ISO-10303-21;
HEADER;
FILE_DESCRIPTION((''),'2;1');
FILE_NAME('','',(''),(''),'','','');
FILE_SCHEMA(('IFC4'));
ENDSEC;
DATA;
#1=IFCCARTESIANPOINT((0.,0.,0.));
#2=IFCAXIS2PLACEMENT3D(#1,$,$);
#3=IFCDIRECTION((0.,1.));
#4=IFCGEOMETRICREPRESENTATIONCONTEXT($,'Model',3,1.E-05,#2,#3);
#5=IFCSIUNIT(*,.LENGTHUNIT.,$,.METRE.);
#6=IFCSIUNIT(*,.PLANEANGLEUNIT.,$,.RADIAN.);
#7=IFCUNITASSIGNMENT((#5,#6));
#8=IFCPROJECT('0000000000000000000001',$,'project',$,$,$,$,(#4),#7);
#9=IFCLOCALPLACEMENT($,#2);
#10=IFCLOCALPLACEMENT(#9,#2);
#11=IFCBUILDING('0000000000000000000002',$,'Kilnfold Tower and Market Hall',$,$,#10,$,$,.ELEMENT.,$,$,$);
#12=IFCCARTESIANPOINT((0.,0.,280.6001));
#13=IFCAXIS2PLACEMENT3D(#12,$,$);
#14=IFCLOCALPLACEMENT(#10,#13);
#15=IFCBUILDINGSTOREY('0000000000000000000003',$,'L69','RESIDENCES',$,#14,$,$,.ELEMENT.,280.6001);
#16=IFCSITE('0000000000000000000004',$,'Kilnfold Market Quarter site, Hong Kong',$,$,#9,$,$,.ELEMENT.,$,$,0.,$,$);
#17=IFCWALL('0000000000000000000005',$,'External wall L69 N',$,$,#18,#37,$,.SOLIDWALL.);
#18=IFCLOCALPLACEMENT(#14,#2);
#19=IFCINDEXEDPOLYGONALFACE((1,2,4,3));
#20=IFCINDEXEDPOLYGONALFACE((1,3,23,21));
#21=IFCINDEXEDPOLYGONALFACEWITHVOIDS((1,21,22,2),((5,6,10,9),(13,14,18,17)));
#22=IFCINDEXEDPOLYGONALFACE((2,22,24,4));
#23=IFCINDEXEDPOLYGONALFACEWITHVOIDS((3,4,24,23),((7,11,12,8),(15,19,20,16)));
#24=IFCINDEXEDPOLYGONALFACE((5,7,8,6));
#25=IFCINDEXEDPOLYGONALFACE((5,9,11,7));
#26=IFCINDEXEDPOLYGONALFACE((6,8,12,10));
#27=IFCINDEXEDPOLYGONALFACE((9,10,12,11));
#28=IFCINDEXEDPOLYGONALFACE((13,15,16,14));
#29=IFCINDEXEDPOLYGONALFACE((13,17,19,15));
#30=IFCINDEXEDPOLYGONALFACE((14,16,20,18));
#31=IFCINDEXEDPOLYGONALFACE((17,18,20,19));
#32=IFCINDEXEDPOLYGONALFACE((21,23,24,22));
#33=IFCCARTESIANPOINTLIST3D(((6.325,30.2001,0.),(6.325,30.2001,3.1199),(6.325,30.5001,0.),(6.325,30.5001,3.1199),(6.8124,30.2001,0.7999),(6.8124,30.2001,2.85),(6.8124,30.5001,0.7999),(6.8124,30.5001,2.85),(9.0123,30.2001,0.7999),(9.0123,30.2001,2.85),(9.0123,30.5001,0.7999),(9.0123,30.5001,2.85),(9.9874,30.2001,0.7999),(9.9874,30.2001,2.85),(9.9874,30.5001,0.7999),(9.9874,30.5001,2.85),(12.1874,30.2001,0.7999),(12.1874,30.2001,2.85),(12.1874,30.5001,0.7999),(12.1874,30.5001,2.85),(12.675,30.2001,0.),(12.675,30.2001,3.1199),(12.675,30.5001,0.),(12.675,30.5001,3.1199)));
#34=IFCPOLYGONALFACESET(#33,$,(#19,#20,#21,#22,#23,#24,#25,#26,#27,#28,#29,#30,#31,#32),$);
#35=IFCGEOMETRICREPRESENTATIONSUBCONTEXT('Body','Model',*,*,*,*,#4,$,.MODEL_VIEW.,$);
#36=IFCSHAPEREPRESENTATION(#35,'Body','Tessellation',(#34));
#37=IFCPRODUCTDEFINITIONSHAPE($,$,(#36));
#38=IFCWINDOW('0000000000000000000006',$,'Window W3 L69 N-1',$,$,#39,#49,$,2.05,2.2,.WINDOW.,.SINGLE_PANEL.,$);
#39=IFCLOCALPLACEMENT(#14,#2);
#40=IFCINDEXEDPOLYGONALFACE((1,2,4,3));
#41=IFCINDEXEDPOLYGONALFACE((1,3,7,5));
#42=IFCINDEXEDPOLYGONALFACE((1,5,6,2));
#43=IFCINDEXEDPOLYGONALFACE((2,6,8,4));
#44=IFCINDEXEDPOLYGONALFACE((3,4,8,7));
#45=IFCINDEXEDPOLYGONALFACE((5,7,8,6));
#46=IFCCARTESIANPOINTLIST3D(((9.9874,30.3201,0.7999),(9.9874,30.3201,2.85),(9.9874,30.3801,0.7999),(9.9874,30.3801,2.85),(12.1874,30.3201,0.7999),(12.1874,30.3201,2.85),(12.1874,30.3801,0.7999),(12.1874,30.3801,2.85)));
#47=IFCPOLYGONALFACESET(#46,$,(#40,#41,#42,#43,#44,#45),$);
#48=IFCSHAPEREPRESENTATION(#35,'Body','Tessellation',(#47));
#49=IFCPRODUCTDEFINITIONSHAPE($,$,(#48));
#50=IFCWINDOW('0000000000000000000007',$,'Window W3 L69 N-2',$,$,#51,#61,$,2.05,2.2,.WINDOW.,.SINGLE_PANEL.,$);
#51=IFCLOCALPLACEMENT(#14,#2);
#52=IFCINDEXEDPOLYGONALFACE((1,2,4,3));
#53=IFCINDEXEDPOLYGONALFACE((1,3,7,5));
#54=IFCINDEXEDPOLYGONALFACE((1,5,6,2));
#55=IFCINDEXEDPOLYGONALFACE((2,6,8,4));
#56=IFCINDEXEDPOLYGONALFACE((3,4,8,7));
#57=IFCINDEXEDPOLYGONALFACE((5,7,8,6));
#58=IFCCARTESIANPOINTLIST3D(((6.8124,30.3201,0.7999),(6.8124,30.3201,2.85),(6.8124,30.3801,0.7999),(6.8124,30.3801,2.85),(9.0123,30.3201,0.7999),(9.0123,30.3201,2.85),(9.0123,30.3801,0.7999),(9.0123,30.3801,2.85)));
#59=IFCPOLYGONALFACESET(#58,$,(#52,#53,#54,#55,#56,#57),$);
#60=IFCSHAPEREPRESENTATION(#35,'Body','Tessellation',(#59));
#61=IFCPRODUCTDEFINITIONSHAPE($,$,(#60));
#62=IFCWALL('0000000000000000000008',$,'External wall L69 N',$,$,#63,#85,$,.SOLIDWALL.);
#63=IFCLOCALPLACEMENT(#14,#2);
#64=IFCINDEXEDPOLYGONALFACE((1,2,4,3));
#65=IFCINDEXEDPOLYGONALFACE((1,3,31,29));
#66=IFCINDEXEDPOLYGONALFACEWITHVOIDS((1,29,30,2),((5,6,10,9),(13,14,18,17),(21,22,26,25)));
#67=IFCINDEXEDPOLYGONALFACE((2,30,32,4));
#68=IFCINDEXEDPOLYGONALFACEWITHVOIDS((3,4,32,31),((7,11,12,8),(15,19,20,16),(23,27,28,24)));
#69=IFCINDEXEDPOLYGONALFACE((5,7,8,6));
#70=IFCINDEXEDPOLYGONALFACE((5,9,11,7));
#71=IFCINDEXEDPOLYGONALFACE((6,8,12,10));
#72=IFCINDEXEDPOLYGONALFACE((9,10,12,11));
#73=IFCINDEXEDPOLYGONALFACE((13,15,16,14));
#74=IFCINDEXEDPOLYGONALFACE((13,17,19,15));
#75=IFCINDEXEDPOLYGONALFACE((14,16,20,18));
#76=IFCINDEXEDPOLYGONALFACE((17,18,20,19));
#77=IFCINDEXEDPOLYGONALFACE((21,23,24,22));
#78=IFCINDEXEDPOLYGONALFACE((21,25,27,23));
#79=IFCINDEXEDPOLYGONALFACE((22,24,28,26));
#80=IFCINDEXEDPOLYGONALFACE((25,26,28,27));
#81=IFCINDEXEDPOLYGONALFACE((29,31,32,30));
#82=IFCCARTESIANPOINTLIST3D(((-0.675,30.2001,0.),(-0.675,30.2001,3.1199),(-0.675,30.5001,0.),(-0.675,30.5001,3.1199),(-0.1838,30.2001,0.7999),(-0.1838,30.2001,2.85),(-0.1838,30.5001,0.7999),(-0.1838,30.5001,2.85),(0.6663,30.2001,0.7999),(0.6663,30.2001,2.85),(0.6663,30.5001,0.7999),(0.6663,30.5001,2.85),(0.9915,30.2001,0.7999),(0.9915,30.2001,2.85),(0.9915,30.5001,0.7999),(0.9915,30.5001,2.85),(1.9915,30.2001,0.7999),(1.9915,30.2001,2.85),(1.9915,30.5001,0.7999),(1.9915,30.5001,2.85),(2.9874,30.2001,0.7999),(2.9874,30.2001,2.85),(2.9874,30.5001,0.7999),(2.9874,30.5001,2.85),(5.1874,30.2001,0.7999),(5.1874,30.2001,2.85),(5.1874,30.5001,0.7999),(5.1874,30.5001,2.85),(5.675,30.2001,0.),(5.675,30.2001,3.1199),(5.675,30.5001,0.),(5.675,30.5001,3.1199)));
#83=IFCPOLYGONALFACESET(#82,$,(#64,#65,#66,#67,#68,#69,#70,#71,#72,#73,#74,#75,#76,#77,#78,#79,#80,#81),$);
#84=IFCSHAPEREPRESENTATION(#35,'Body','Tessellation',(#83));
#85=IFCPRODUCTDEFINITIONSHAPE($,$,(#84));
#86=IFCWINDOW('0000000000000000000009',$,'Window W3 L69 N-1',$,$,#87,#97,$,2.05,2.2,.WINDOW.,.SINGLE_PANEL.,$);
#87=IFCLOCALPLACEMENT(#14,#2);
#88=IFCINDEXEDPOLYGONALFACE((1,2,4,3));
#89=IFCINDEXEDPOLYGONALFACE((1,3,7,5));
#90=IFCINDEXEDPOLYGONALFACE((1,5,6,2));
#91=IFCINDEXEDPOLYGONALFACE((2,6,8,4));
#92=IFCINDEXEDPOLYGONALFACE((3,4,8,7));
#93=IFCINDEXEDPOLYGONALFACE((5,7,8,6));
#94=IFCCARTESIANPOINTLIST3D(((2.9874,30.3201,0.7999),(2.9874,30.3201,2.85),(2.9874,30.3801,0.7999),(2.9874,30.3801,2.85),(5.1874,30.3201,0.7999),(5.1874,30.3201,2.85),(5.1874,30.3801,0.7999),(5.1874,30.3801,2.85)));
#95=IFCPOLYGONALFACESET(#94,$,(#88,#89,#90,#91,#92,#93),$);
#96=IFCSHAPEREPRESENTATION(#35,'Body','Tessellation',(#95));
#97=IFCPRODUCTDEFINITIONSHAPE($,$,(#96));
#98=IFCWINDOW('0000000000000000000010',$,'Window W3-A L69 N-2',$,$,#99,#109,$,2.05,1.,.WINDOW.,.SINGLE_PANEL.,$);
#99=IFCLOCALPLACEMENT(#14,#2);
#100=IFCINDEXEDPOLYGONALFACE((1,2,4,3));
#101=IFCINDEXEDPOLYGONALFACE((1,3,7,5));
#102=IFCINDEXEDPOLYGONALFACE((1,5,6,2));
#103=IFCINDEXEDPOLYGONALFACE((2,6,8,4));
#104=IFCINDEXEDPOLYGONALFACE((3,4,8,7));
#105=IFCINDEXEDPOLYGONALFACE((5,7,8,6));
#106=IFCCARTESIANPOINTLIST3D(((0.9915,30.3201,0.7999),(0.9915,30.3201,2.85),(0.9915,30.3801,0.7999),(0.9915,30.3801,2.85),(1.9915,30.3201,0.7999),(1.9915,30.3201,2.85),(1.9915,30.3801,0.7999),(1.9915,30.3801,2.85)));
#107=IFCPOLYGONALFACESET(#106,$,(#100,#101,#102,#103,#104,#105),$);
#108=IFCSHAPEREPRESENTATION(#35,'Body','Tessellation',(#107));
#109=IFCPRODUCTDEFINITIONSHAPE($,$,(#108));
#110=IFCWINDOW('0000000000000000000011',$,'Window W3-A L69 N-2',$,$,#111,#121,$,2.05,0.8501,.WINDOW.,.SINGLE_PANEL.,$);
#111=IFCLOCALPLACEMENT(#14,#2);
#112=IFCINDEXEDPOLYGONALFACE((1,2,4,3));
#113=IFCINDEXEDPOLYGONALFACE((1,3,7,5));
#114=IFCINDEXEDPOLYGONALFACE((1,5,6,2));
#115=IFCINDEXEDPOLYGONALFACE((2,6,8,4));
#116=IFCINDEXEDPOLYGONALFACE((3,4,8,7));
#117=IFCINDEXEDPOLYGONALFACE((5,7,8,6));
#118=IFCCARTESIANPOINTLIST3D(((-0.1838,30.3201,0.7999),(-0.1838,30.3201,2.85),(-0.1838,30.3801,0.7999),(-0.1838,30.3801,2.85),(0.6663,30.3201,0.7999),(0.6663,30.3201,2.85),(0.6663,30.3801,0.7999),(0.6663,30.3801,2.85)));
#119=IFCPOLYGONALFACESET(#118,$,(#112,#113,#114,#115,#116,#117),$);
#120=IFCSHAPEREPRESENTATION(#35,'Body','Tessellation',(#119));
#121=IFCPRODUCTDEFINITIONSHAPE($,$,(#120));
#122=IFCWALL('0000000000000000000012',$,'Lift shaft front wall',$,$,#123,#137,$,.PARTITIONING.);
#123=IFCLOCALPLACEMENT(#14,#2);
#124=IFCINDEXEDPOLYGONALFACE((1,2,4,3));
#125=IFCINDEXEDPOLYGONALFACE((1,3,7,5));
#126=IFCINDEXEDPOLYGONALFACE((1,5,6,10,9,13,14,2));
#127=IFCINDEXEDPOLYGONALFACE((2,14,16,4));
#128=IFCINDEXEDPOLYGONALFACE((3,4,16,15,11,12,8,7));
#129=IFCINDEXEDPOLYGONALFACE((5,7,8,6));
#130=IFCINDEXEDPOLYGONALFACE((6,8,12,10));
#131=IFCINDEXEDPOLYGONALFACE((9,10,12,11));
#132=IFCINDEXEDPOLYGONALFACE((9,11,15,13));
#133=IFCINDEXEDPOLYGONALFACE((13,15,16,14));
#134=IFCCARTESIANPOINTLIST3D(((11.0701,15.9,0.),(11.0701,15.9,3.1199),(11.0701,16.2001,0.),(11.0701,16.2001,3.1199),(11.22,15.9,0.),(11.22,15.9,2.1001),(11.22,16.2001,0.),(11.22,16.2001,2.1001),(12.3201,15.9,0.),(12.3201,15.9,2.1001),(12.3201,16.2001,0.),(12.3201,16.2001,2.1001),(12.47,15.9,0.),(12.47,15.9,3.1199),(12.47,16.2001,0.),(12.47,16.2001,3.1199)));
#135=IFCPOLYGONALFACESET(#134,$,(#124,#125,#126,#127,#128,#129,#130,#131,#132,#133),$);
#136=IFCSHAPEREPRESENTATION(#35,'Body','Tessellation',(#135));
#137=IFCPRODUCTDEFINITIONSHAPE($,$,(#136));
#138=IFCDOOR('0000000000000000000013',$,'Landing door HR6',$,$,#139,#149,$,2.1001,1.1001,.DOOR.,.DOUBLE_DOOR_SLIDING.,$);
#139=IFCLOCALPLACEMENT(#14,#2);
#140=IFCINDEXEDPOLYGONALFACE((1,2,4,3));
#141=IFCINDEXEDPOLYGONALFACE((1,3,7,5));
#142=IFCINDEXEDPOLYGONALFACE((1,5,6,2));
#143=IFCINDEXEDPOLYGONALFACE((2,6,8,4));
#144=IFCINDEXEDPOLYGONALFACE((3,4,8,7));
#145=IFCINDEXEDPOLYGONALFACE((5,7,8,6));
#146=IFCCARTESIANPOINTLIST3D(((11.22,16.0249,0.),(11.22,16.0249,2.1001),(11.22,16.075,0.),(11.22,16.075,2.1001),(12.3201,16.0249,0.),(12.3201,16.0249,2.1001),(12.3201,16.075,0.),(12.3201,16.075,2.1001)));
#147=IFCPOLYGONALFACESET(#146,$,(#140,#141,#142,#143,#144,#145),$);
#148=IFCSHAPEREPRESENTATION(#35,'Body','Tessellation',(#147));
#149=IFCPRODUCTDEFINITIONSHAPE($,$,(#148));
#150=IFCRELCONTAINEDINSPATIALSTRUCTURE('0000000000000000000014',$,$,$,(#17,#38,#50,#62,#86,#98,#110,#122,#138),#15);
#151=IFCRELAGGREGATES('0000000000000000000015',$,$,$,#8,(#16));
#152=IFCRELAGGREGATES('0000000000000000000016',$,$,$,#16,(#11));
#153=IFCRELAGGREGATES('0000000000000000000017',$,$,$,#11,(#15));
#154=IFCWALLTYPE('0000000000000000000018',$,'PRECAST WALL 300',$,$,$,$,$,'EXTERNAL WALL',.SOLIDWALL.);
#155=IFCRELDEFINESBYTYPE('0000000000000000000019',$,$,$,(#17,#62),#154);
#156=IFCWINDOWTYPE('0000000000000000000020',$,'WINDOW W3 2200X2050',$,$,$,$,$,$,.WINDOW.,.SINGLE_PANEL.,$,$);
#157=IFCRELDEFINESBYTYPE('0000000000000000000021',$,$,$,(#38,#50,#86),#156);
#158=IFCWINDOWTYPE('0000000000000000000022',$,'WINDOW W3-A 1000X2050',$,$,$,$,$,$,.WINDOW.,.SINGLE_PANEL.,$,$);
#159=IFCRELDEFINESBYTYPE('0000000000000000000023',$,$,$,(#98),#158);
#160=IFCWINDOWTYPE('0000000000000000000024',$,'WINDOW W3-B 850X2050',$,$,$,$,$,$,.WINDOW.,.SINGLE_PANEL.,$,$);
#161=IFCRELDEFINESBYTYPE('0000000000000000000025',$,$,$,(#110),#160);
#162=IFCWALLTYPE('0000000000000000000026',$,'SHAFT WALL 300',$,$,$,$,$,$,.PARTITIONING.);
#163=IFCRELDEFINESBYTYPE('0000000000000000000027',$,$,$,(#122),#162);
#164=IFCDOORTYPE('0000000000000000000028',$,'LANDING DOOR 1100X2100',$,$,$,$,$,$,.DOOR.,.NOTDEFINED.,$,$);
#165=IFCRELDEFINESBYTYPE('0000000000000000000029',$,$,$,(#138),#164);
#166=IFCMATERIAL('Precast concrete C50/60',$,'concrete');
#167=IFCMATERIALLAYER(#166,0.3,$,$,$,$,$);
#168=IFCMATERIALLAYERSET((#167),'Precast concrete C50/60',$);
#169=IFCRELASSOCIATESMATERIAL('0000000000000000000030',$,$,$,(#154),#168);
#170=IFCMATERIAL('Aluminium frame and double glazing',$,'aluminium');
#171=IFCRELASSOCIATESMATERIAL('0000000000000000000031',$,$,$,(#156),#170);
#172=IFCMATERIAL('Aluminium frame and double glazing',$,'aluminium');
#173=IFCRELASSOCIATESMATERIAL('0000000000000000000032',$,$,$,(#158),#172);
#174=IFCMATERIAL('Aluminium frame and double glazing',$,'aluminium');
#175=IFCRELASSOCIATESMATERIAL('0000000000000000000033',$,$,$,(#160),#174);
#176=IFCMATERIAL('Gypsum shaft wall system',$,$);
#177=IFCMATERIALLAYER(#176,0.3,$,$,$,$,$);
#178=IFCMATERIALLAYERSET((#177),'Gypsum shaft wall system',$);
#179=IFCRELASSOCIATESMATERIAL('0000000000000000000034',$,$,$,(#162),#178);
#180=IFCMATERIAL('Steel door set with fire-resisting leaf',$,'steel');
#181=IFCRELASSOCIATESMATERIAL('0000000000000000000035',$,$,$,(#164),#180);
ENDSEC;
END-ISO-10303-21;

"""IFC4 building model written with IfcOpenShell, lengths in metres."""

from ifc_helpers import new_model, si_unit, direction, frame, frame_2d, origin, place, context, subcontext, project, spatial, rectangle, extrude, source, transform, mapped, material, layer, layer_set, type_object, element, fill, save


model = new_model("IFC4")

# Units and contexts
model_context = context("Model", 3, precision=1e-05, world=origin(), true_north=direction((0.0, 1.0)))
body_context = subcontext(model_context, "Body", "Model", "MODEL_VIEW")
ifc_project = project(units=[si_unit("LENGTHUNIT", "METRE"), si_unit("PLANEANGLEUNIT", "RADIAN")], contexts=[model_context])

# Site, building, storey
site_placement = place(None, origin())
site = spatial("IfcSite", under=ifc_project, at=site_placement, Name="Kilnfold Market Quarter site, Hong Kong", CompositionType="ELEMENT", RefElevation=0.0)
building_placement = place(site_placement, origin())
building = spatial("IfcBuilding", under=site, at=building_placement, Name="Kilnfold Tower and Market Hall", CompositionType="ELEMENT")
storey_placement = place(building_placement, frame((0.0, 0.0, 280.6001)))
storey = spatial("IfcBuildingStorey", under=building, at=storey_placement, Name="L69", Description="RESIDENCES", CompositionType="ELEMENT", Elevation=280.6001)

# Walls, openings, windows
ifc_material_1 = material(Name="Precast concrete C50/60", Category="concrete")
ifc_layer_1 = layer(ifc_material_1, 0.3)
ifc_layer_set_1 = layer_set([ifc_layer_1], Name="Precast concrete C50/60")
wall_type_1 = type_object("IfcWallType", Name="PRECAST WALL 300", ElementType="EXTERNAL WALL", PredefinedType="SOLIDWALL", material=ifc_layer_set_1)
shared_shape_1 = source(origin(), body_context, "Body", "SweptSolid", [
    extrude(rectangle(XDim=6.3501, YDim=0.3, at=frame_2d((3.175, 0.0))), origin(), (0.0, 0.0, 1.0), 3.1199),
])
wall_1_placement = place(storey_placement, frame((12.675, 30.3501, 0.0), z_axis=(0.0, 0.0, 1.0), x_axis=(-1.0, 0.0, 0.0)))
wall_1 = element("IfcWall", 1, at=wall_1_placement, inside=storey, type_object=wall_type_1, Name="External wall L69 N", PredefinedType="SOLIDWALL", context=body_context, shape_type="MappedRepresentation", body=[
    mapped(shared_shape_1, transform((0.0, 0.0, 0.0))),
])
opening_1_placement = place(wall_1_placement, frame((0.4875, 0.0, 0.8)))
opening_1 = element("IfcOpeningElement", 2, at=opening_1_placement, cuts=wall_1, PredefinedType="OPENING", context=body_context, shape_type="SweptSolid", body=[
    extrude(rectangle(XDim=2.2, YDim=2.05, at=frame_2d((1.1001, 1.0249))), frame((0.0, 0.1602, 0.0), z_axis=(0.0, -1.0, 0.0), x_axis=(1.0, 0.0, 0.0)), (0.0, 0.0, 1.0), 0.3201),
])
opening_2_placement = place(wall_1_placement, frame((3.6626, 0.0, 0.8)))
opening_2 = element("IfcOpeningElement", 3, at=opening_2_placement, cuts=wall_1, PredefinedType="OPENING", context=body_context, shape_type="SweptSolid", body=[
    extrude(rectangle(XDim=2.2, YDim=2.05, at=frame_2d((1.1001, 1.0249))), frame((0.0, 0.1602, 0.0), z_axis=(0.0, -1.0, 0.0), x_axis=(1.0, 0.0, 0.0)), (0.0, 0.0, 1.0), 0.3201),
])
ifc_material_2 = material(Name="Aluminium frame and double glazing", Category="aluminium")
window_type_1 = type_object("IfcWindowType", Name="WINDOW W3 2200X2050", PartitioningType="SINGLE_PANEL", PredefinedType="WINDOW", material=ifc_material_2)
window_1_placement = place(opening_1_placement, origin())
window_1 = element("IfcWindow", 4, at=window_1_placement, inside=storey, type_object=window_type_1, Name="Window W3 L69 N-1", OverallHeight=2.05, OverallWidth=2.2, PartitioningType="SINGLE_PANEL", PredefinedType="WINDOW", context=body_context, shape_type="SweptSolid", body=[
    extrude(rectangle(XDim=2.2, YDim=2.05, at=frame_2d((1.1001, 1.0249))), frame((0.0, 0.03, 0.0), z_axis=(0.0, -1.0, 0.0), x_axis=(1.0, 0.0, 0.0)), (0.0, 0.0, 1.0), 0.0601),
])
fill(opening_1, window_1)
window_2_placement = place(opening_2_placement, origin())
window_2 = element("IfcWindow", 5, at=window_2_placement, inside=storey, type_object=window_type_1, Name="Window W3 L69 N-2", OverallHeight=2.05, OverallWidth=2.2, PartitioningType="SINGLE_PANEL", PredefinedType="WINDOW", context=body_context, shape_type="SweptSolid", body=[
    extrude(rectangle(XDim=2.2, YDim=2.05, at=frame_2d((1.1001, 1.0249))), frame((0.0, 0.03, 0.0), z_axis=(0.0, -1.0, 0.0), x_axis=(1.0, 0.0, 0.0)), (0.0, 0.0, 1.0), 0.0601),
])
fill(opening_2, window_2)
wall_2_placement = place(storey_placement, frame((5.675, 30.3501, 0.0), z_axis=(0.0, 0.0, 1.0), x_axis=(-1.0, 0.0, 0.0)))
wall_2 = element("IfcWall", 6, at=wall_2_placement, inside=storey, type_object=wall_type_1, Name="External wall L69 N", PredefinedType="SOLIDWALL", context=body_context, shape_type="MappedRepresentation", body=[
    mapped(shared_shape_1, transform((0.0, 0.0, 0.0))),
])
opening_3_placement = place(wall_2_placement, frame((0.4875, 0.0, 0.8)))
opening_3 = element("IfcOpeningElement", 7, at=opening_3_placement, cuts=wall_2, PredefinedType="OPENING", context=body_context, shape_type="SweptSolid", body=[
    extrude(rectangle(XDim=2.2, YDim=2.05, at=frame_2d((1.1001, 1.0249))), frame((0.0, 0.1602, 0.0), z_axis=(0.0, -1.0, 0.0), x_axis=(1.0, 0.0, 0.0)), (0.0, 0.0, 1.0), 0.3201),
])
opening_4_placement = place(wall_2_placement, frame((3.6836, 0.0, 0.8)))
opening_4 = element("IfcOpeningElement", 8, at=opening_4_placement, cuts=wall_2, PredefinedType="OPENING", context=body_context, shape_type="SweptSolid", body=[
    extrude(rectangle(XDim=1.0, YDim=2.05, at=frame_2d((0.5, 1.0249))), frame((0.0, 0.1602, 0.0), z_axis=(0.0, -1.0, 0.0), x_axis=(1.0, 0.0, 0.0)), (0.0, 0.0, 1.0), 0.3201),
])
opening_5_placement = place(wall_2_placement, frame((5.0088, 0.0, 0.8)))
opening_5 = element("IfcOpeningElement", 9, at=opening_5_placement, cuts=wall_2, PredefinedType="OPENING", context=body_context, shape_type="SweptSolid", body=[
    extrude(rectangle(XDim=0.8501, YDim=2.05, at=frame_2d((0.425, 1.0249))), frame((0.0, 0.1602, 0.0), z_axis=(0.0, -1.0, 0.0), x_axis=(1.0, 0.0, 0.0)), (0.0, 0.0, 1.0), 0.3201),
])
window_3_placement = place(opening_3_placement, origin())
window_3 = element("IfcWindow", 10, at=window_3_placement, inside=storey, type_object=window_type_1, Name="Window W3 L69 N-1", OverallHeight=2.05, OverallWidth=2.2, PartitioningType="SINGLE_PANEL", PredefinedType="WINDOW", context=body_context, shape_type="SweptSolid", body=[
    extrude(rectangle(XDim=2.2, YDim=2.05, at=frame_2d((1.1001, 1.0249))), frame((0.0, 0.03, 0.0), z_axis=(0.0, -1.0, 0.0), x_axis=(1.0, 0.0, 0.0)), (0.0, 0.0, 1.0), 0.0601),
])
fill(opening_3, window_3)
ifc_material_3 = material(Name="Aluminium frame and double glazing", Category="aluminium")
window_type_2 = type_object("IfcWindowType", Name="WINDOW W3-A 1000X2050", PartitioningType="SINGLE_PANEL", PredefinedType="WINDOW", material=ifc_material_3)
window_4_placement = place(opening_4_placement, origin())
window_4 = element("IfcWindow", 11, at=window_4_placement, inside=storey, type_object=window_type_2, Name="Window W3-A L69 N-2", OverallHeight=2.05, OverallWidth=1.0, PartitioningType="SINGLE_PANEL", PredefinedType="WINDOW", context=body_context, shape_type="SweptSolid", body=[
    extrude(rectangle(XDim=1.0, YDim=2.05, at=frame_2d((0.5, 1.0249))), frame((0.0, 0.03, 0.0), z_axis=(0.0, -1.0, 0.0), x_axis=(1.0, 0.0, 0.0)), (0.0, 0.0, 1.0), 0.0601),
])
fill(opening_4, window_4)
ifc_material_4 = material(Name="Aluminium frame and double glazing", Category="aluminium")
window_type_3 = type_object("IfcWindowType", Name="WINDOW W3-B 850X2050", PartitioningType="SINGLE_PANEL", PredefinedType="WINDOW", material=ifc_material_4)
window_5_placement = place(opening_5_placement, origin())
window_5 = element("IfcWindow", 12, at=window_5_placement, inside=storey, type_object=window_type_3, Name="Window W3-A L69 N-2", OverallHeight=2.05, OverallWidth=0.8501, PartitioningType="SINGLE_PANEL", PredefinedType="WINDOW", context=body_context, shape_type="SweptSolid", body=[
    extrude(rectangle(XDim=0.8501, YDim=2.05, at=frame_2d((0.425, 1.0249))), frame((0.0, 0.03, 0.0), z_axis=(0.0, -1.0, 0.0), x_axis=(1.0, 0.0, 0.0)), (0.0, 0.0, 1.0), 0.0601),
])
fill(opening_5, window_5)

# Wall, opening, door
ifc_material_5 = material(Name="Gypsum shaft wall system")
ifc_layer_2 = layer(ifc_material_5, 0.3)
ifc_layer_set_2 = layer_set([ifc_layer_2], Name="Gypsum shaft wall system")
wall_type_2 = type_object("IfcWallType", Name="SHAFT WALL 300", PredefinedType="PARTITIONING", material=ifc_layer_set_2)
shared_shape_2 = source(origin(), body_context, "Body", "SweptSolid", [
    extrude(rectangle(XDim=1.3999, YDim=0.3, at=frame_2d((0.7, 0.0))), origin(), (0.0, 0.0, 1.0), 3.1199),
])
wall_3_placement = place(storey_placement, frame((11.0701, 16.05, 0.0), z_axis=(0.0, 0.0, 1.0), x_axis=(1.0, 0.0, 0.0)))
wall_3 = element("IfcWall", 13, at=wall_3_placement, inside=storey, type_object=wall_type_2, Name="Lift shaft front wall", PredefinedType="PARTITIONING", context=body_context, shape_type="MappedRepresentation", body=[
    mapped(shared_shape_2, transform((0.0, 0.0, 0.0))),
])
opening_6_placement = place(wall_3_placement, frame((0.1499, 0.0, 0.0)))
opening_6 = element("IfcOpeningElement", 14, at=opening_6_placement, cuts=wall_3, PredefinedType="OPENING", context=body_context, shape_type="SweptSolid", body=[
    extrude(rectangle(XDim=1.1001, YDim=2.1001, at=frame_2d((0.55, 1.05))), frame((0.0, 0.1602, 0.0), z_axis=(0.0, -1.0, 0.0), x_axis=(1.0, 0.0, 0.0)), (0.0, 0.0, 1.0), 0.3201),
])
ifc_material_6 = material(Name="Steel door set with fire-resisting leaf", Category="steel")
door_type_1 = type_object("IfcDoorType", Name="LANDING DOOR 1100X2100", OperationType="NOTDEFINED", PredefinedType="DOOR", material=ifc_material_6)
door_1_placement = place(opening_6_placement, origin())
door_1 = element("IfcDoor", 15, at=door_1_placement, inside=storey, type_object=door_type_1, Name="Landing door HR6", OperationType="DOUBLE_DOOR_SLIDING", OverallHeight=2.1001, OverallWidth=1.1001, PredefinedType="DOOR", context=body_context, shape_type="SweptSolid", body=[
    extrude(rectangle(XDim=1.1001, YDim=2.1001, at=frame_2d((0.55, 1.05))), frame((0.0, 0.0249, 0.0), z_axis=(0.0, -1.0, 0.0), x_axis=(1.0, 0.0, 0.0)), (0.0, 0.0, 1.0), 0.05),
])
fill(opening_6, door_1)

save(model, "model.ifc")
